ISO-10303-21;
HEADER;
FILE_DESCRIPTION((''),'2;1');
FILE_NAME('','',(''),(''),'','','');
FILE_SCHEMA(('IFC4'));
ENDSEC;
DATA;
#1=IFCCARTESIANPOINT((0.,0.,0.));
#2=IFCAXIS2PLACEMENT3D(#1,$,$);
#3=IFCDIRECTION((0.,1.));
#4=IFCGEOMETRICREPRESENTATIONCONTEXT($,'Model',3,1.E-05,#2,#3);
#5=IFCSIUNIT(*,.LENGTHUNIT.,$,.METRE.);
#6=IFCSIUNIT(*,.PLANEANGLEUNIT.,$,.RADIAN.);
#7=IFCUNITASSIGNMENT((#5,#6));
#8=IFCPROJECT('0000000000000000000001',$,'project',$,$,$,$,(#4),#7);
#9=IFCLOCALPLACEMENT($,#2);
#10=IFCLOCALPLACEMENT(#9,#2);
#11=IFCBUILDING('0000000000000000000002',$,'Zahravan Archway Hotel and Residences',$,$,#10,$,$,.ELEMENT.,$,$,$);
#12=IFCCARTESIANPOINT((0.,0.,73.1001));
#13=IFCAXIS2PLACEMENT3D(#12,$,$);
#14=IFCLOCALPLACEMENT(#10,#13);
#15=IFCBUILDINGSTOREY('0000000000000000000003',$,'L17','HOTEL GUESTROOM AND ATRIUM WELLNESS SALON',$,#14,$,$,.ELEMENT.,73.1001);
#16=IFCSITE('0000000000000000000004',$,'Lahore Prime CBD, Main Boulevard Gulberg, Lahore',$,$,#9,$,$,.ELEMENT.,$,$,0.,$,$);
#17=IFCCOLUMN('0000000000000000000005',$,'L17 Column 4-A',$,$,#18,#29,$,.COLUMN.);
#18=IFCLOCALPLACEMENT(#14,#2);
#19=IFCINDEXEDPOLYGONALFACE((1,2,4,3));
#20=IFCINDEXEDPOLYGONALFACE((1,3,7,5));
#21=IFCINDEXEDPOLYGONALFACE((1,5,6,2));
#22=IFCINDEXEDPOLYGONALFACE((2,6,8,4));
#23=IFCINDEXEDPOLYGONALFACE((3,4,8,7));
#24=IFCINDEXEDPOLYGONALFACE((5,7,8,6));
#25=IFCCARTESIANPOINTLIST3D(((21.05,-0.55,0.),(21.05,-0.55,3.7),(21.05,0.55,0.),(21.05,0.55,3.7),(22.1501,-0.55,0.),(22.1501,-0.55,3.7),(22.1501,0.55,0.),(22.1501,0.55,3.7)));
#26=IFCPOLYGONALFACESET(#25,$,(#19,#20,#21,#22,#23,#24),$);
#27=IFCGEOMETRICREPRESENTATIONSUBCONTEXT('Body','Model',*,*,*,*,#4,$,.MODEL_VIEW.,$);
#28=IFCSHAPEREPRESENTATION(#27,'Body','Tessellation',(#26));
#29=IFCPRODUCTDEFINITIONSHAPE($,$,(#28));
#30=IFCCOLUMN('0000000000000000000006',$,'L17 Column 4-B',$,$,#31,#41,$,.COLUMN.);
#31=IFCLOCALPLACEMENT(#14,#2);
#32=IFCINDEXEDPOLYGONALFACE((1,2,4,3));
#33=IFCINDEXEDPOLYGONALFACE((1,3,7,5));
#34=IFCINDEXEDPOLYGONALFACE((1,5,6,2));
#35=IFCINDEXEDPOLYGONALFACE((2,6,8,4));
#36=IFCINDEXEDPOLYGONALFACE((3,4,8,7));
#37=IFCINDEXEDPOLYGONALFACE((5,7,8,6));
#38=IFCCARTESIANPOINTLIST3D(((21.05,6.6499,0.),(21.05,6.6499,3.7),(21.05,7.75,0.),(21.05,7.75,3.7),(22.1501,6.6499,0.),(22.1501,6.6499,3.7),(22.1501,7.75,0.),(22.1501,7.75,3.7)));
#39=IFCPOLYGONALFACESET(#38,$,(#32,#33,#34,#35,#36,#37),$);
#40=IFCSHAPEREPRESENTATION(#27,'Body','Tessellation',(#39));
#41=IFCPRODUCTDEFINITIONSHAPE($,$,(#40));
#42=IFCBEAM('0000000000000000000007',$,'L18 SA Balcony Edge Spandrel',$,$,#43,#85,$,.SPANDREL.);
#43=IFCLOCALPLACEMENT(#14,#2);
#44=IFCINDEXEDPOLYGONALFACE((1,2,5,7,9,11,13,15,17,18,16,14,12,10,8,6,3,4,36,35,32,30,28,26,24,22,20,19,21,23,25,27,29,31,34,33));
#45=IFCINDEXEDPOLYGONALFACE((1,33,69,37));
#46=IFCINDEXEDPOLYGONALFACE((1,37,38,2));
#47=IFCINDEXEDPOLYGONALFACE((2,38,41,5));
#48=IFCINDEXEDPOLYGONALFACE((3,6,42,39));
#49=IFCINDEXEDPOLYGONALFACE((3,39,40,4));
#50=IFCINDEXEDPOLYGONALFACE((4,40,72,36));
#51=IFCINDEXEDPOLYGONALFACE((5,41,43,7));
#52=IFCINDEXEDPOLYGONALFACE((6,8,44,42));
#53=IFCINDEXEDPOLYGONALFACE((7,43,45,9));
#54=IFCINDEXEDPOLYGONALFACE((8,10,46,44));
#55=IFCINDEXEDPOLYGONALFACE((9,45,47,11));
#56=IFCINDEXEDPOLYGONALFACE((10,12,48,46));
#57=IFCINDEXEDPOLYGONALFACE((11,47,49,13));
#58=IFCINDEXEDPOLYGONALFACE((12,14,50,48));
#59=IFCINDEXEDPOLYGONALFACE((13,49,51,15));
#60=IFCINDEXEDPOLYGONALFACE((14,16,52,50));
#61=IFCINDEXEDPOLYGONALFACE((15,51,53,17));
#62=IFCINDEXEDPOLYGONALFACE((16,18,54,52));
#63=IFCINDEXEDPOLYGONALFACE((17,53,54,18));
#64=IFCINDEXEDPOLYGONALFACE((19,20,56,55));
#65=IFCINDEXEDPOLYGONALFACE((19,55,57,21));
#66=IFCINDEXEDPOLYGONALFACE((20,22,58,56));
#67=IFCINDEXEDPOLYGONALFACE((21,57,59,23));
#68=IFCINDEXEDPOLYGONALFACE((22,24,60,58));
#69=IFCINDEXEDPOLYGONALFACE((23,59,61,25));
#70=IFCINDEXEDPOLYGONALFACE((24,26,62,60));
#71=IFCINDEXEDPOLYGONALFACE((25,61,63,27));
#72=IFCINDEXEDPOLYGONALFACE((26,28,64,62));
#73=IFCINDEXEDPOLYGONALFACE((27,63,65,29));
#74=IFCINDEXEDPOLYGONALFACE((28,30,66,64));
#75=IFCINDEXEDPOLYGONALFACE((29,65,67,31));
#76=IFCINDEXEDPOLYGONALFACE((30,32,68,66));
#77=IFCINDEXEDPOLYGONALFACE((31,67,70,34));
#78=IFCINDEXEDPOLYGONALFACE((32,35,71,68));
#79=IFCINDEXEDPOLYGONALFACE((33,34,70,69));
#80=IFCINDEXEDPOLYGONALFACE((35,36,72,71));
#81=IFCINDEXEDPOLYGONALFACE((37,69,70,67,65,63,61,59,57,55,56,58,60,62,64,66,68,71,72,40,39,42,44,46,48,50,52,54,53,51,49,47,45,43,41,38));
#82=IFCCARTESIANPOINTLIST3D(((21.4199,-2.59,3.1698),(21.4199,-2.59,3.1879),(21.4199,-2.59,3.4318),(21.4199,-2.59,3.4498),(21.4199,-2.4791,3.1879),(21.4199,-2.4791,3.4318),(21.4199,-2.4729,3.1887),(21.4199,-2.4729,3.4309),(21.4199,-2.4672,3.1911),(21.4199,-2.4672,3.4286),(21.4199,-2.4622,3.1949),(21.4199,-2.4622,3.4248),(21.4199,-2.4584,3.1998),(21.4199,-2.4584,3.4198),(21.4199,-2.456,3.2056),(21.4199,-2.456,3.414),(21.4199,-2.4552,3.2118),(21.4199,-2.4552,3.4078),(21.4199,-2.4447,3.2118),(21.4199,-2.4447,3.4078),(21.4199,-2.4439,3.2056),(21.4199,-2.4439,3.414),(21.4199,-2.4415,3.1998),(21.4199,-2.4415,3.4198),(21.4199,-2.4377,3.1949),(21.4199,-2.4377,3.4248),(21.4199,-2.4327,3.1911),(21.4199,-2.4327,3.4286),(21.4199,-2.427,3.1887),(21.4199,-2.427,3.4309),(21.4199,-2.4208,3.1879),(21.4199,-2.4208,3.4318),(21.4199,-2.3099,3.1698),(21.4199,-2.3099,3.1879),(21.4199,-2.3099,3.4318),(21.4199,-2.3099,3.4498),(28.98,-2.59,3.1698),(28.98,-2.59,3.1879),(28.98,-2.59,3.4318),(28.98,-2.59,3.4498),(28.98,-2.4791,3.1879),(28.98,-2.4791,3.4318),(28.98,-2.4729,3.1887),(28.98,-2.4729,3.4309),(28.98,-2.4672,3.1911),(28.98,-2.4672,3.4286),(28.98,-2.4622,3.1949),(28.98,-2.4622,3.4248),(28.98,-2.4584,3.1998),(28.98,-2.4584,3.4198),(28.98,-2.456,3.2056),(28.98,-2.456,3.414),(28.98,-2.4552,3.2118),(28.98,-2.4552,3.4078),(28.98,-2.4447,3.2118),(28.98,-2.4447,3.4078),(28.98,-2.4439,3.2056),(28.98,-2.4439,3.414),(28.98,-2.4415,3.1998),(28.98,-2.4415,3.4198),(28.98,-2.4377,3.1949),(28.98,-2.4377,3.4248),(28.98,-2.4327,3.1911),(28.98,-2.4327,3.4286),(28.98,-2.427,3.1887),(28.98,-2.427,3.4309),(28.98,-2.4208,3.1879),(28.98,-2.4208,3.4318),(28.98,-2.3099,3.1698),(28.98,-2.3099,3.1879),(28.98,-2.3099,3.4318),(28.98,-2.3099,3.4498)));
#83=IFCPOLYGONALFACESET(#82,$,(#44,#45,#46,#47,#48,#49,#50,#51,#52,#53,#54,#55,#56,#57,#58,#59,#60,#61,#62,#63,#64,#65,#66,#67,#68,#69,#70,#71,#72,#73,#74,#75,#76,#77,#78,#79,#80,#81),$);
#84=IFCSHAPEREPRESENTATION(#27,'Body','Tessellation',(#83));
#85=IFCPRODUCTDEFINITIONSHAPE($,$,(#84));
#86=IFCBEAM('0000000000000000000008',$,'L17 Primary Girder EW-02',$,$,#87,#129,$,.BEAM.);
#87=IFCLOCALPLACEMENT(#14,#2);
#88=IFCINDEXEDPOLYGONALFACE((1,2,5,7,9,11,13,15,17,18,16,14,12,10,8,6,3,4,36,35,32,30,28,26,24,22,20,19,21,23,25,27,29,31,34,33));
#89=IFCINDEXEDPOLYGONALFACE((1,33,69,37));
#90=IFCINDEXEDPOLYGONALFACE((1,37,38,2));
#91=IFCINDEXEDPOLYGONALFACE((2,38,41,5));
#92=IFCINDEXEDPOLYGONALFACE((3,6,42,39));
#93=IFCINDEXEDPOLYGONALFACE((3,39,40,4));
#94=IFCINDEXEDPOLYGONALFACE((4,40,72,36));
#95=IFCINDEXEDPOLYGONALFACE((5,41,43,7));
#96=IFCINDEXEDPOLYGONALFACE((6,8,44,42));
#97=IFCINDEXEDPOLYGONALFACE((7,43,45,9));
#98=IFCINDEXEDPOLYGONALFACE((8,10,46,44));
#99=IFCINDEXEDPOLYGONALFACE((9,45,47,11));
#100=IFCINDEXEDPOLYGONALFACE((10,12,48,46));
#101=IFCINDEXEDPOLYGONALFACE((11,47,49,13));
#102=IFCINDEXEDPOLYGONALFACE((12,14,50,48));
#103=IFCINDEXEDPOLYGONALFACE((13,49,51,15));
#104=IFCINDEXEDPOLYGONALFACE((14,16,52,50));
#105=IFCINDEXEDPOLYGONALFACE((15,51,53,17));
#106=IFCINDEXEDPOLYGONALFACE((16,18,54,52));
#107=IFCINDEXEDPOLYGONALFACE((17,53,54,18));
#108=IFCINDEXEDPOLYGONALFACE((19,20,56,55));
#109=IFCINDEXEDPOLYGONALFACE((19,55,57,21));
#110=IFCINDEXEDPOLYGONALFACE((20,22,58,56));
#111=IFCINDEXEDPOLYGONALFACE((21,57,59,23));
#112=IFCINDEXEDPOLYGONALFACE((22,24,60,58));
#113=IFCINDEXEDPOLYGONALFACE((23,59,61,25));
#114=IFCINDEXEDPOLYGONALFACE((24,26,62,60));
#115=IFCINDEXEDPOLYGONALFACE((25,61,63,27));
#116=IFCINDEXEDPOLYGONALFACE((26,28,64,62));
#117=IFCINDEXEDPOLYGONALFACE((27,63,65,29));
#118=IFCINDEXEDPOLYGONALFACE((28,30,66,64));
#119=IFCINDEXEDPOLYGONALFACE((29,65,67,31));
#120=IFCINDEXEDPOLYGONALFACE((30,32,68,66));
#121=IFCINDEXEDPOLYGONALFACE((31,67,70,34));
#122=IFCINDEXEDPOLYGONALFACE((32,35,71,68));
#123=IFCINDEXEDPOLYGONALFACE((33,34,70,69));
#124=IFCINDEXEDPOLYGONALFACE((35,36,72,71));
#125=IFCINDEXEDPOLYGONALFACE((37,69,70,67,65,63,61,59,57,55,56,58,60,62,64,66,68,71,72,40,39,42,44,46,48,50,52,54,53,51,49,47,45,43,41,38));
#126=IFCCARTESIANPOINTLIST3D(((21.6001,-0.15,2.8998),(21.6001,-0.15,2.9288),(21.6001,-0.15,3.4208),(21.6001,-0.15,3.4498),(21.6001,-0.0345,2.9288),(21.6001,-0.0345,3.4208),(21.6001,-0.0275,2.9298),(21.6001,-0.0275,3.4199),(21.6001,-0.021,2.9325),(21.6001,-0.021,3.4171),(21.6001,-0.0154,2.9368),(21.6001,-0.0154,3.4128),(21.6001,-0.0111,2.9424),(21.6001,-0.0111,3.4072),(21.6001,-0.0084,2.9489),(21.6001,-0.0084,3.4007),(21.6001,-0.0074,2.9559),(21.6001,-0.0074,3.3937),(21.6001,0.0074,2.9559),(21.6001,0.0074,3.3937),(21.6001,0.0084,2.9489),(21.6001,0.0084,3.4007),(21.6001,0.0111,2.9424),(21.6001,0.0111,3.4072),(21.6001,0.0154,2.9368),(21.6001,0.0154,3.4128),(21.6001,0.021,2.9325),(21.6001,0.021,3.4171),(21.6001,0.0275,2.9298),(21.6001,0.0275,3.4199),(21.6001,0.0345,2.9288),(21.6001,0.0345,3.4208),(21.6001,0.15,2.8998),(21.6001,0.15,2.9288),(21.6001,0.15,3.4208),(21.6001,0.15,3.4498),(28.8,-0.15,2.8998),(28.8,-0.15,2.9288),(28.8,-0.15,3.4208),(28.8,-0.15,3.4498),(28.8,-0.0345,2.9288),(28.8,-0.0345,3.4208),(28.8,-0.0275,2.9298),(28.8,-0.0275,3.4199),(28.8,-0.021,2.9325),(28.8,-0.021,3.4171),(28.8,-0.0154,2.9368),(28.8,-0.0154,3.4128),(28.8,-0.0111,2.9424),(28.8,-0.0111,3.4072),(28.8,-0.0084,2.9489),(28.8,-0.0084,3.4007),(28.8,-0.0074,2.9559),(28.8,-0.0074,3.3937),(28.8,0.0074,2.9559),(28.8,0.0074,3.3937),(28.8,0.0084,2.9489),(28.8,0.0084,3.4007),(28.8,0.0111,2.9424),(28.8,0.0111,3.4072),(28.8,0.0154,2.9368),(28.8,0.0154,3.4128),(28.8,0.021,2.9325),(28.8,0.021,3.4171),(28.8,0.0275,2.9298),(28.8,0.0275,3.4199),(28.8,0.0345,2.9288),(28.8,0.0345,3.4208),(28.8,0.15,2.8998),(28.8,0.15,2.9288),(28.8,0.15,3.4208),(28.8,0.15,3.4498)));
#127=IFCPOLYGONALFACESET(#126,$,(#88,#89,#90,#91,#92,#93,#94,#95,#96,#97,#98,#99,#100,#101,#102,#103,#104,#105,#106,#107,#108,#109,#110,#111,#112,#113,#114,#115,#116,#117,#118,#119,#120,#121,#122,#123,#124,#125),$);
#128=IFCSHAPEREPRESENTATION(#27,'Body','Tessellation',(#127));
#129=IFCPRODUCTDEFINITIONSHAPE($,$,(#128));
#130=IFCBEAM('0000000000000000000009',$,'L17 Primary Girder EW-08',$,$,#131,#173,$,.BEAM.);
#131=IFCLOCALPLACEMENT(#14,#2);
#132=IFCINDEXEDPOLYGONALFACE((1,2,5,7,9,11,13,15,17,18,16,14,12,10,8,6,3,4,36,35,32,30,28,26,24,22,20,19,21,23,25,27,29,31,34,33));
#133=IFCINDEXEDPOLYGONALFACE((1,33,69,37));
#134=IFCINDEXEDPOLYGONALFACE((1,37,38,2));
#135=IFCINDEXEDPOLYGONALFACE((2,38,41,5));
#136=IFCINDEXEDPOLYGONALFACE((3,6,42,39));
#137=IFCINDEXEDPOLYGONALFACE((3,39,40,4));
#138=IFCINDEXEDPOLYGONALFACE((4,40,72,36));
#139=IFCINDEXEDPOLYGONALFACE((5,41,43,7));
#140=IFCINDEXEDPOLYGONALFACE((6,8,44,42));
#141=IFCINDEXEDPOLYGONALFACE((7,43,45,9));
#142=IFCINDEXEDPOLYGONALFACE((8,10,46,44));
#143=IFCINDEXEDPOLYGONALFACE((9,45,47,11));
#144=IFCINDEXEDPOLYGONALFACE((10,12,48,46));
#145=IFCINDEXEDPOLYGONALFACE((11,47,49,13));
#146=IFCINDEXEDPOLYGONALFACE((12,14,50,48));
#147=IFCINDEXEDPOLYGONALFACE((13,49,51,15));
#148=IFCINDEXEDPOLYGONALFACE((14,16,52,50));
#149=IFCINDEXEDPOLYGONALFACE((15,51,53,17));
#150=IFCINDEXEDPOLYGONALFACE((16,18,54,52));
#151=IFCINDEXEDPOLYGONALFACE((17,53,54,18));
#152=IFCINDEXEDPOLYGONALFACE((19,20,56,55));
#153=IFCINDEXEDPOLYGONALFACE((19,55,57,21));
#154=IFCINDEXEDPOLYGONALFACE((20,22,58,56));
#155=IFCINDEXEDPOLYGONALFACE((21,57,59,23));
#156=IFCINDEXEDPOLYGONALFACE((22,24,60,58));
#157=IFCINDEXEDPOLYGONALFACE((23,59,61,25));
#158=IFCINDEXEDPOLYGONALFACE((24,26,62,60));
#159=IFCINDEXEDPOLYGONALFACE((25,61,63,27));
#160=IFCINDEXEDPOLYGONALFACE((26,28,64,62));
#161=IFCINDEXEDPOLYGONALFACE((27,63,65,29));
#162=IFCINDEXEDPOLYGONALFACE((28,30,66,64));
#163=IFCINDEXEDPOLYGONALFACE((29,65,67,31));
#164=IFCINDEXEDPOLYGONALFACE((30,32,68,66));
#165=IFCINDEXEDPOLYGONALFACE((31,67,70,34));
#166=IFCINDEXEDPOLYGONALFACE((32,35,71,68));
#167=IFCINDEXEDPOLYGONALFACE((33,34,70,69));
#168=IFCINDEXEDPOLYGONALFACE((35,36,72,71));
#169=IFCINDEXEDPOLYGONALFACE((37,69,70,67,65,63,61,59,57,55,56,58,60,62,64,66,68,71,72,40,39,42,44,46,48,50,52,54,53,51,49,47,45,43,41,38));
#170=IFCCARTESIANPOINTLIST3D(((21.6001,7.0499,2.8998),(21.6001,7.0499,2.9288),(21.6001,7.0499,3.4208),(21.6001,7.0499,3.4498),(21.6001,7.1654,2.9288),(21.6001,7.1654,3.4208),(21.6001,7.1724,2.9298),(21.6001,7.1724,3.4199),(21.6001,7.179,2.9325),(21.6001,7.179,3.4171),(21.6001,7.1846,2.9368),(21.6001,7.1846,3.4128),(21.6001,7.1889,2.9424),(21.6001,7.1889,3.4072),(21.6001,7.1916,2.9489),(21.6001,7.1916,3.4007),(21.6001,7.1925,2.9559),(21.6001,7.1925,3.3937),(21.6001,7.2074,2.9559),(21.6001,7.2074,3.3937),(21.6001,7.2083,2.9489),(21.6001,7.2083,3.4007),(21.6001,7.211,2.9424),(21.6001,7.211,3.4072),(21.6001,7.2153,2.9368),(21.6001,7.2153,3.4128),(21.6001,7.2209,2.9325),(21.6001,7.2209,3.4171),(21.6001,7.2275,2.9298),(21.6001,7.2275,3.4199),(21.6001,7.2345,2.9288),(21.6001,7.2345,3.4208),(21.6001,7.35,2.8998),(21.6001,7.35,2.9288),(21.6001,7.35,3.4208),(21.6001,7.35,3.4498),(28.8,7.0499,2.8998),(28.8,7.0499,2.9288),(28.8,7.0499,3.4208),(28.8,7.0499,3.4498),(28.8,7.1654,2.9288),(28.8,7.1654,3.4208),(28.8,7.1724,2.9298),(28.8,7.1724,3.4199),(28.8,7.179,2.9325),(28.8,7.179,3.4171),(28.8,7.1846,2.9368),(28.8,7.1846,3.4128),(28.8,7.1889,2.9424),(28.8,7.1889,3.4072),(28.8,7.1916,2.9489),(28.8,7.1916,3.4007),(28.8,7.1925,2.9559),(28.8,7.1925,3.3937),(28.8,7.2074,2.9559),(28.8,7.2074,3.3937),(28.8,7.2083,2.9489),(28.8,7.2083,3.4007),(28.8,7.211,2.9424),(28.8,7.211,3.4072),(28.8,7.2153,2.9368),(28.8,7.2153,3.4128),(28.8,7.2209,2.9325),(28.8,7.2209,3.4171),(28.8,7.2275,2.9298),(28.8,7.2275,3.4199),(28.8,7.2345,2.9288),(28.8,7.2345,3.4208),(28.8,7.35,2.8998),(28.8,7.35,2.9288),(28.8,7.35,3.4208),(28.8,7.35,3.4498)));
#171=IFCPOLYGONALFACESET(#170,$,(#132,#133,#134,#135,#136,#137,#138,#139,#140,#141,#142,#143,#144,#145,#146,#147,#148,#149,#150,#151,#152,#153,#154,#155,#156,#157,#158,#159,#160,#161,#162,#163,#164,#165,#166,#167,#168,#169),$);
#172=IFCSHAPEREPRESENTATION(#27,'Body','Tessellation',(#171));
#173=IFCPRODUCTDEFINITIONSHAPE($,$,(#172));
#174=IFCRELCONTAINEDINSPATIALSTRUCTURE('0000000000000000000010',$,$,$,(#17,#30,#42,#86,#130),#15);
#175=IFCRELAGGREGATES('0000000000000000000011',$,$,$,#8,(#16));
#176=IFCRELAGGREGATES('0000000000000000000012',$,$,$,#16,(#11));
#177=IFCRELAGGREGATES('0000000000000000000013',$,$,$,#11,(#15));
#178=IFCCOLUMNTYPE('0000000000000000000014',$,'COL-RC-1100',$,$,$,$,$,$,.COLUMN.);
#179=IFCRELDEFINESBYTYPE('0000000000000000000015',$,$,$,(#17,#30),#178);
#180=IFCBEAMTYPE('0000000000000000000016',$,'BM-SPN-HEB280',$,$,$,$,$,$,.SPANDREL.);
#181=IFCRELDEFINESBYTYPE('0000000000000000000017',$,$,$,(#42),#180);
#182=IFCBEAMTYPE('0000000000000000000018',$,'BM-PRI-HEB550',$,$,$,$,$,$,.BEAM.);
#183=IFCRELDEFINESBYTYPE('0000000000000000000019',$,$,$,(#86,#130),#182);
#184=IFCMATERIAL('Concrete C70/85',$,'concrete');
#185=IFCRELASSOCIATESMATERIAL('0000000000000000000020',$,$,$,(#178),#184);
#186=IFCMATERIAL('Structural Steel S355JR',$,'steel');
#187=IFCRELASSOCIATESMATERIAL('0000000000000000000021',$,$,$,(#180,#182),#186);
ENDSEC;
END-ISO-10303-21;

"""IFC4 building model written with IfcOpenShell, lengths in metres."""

from ifc_helpers import new_model, si_unit, direction, frame, origin, origin_2d, place, context, subcontext, project, spatial, rectangle, i_section, extrude, source, transform, mapped, material, material_profile, profile_set, type_object, type_shapes, element, save


model = new_model("IFC4")

# Units and contexts
model_context = context("Model", 3, precision=1e-05, world=origin(), true_north=direction((0.0, 1.0)))
body_context = subcontext(model_context, "Body", "Model", "MODEL_VIEW")
ifc_project = project(units=[si_unit("LENGTHUNIT", "METRE"), si_unit("PLANEANGLEUNIT", "RADIAN")], contexts=[model_context])

# Site, building, storey
site_placement = place(None, origin())
site = spatial("IfcSite", under=ifc_project, at=site_placement, Name="Lahore Prime CBD, Main Boulevard Gulberg, Lahore", CompositionType="ELEMENT", RefElevation=0.0)
building_placement = place(site_placement, origin())
building = spatial("IfcBuilding", under=site, at=building_placement, Name="Zahravan Archway Hotel and Residences", CompositionType="ELEMENT")
storey_placement = place(building_placement, frame((0.0, 0.0, 73.1001)))
storey = spatial("IfcBuildingStorey", under=building, at=storey_placement, Name="L17", Description="HOTEL GUESTROOM AND ATRIUM WELLNESS SALON", CompositionType="ELEMENT", Elevation=73.1001)

# Columns
ifc_material_1 = material(Name="Concrete C70/85", Category="concrete")
ifc_material_profile_1 = material_profile(ifc_material_1, rectangle(XDim=1.1001, YDim=1.1001, at=origin_2d()), Name="RC 1100x1100", Category="concrete")
ifc_profile_set_1 = profile_set([ifc_material_profile_1], Name="Concrete C70/85")
column_type = type_object("IfcColumnType", Name="COL-RC-1100", PredefinedType="COLUMN", material=ifc_profile_set_1)
shared_shape_1 = source(origin(), body_context, "Body", "SweptSolid", [
    extrude(rectangle(XDim=1.1001, YDim=1.1001, at=origin_2d()), origin(), (0.0, 0.0, 1.0), 3.7),
])
for number, where, z_axis, x_axis, name in (
    (1, (21.6001, 0.0, 0.0), (0.0, 0.0, 1.0), (1.0, 0.0, 0.0), "L17 Column 4-A"),
    (2, (21.6001, 7.2, 0.0), (0.0, 0.0, 1.0), (1.0, 0.0, 0.0), "L17 Column 4-B"),
):
    element("IfcColumn", number, at=place(storey_placement, frame(where, z_axis=z_axis, x_axis=x_axis)), inside=storey, type_object=column_type, Name=name, PredefinedType="COLUMN", context=body_context, shape_type="MappedRepresentation", body=[
        mapped(shared_shape_1, transform((0.0, 0.0, 0.0), scale=1.0)),
    ])

# Beams
ifc_material_2 = material(Name="Structural Steel S355JR", Category="steel")
ifc_material_profile_2 = material_profile(ifc_material_2, i_section(OverallWidth=0.28, OverallDepth=0.28, WebThickness=0.0105, FlangeThickness=0.0181, FilletRadius=0.0239, at=origin_2d()), Name="HEB 280", Category="steel")
ifc_profile_set_2 = profile_set([ifc_material_profile_2], Name="Structural Steel S355JR")
beam_type_1 = type_object("IfcBeamType", Name="BM-SPN-HEB280", PredefinedType="SPANDREL", material=ifc_profile_set_2)
shared_shape_2 = source(origin(), body_context, "Body", "SweptSolid", [
    extrude(i_section(OverallWidth=0.28, OverallDepth=0.28, WebThickness=0.0105, FlangeThickness=0.0181, FilletRadius=0.0239, at=origin_2d()), origin(), (0.0, 0.0, 1.0), 7.5601),
])
type_shapes(beam_type_1, [shared_shape_2])
beam_1_placement = place(storey_placement, frame((21.4199, -2.45, 3.3098), z_axis=(1.0, 0.0, 0.0), x_axis=(0.0, 1.0, 0.0)))
element("IfcBeam", 3, at=beam_1_placement, inside=storey, type_object=beam_type_1, Name="L18 SA Balcony Edge Spandrel", PredefinedType="SPANDREL", context=body_context, shape_type="MappedRepresentation", body=[
    mapped(shared_shape_2, transform((0.0, 0.0, 0.0), scale=1.0)),
])
ifc_material_profile_3 = material_profile(ifc_material_2, i_section(OverallWidth=0.3, OverallDepth=0.55, WebThickness=0.0149, FlangeThickness=0.0291, FilletRadius=0.0271, at=origin_2d()), Name="HEB 550", Category="steel")
ifc_profile_set_3 = profile_set([ifc_material_profile_3], Name="Structural Steel S355JR")
beam_type_2 = type_object("IfcBeamType", Name="BM-PRI-HEB550", PredefinedType="BEAM", material=ifc_profile_set_3)
shared_shape_3 = source(origin(), body_context, "Body", "SweptSolid", [
    extrude(i_section(OverallWidth=0.3, OverallDepth=0.55, WebThickness=0.0149, FlangeThickness=0.0291, FilletRadius=0.0271, at=origin_2d()), origin(), (0.0, 0.0, 1.0), 7.2),
])
for number, where, z_axis, x_axis, name in (
    (4, (21.6001, 0.0, 3.1748), (1.0, 0.0, 0.0), (0.0, 1.0, 0.0), "L17 Primary Girder EW-02"),
    (5, (21.6001, 7.2, 3.1748), (1.0, 0.0, 0.0), (0.0, 1.0, 0.0), "L17 Primary Girder EW-08"),
):
    element("IfcBeam", number, at=place(storey_placement, frame(where, z_axis=z_axis, x_axis=x_axis)), inside=storey, type_object=beam_type_2, Name=name, PredefinedType="BEAM", context=body_context, shape_type="MappedRepresentation", body=[
        mapped(shared_shape_3, transform((0.0, 0.0, 0.0), scale=1.0)),
    ])

save(model, "model.ifc")
